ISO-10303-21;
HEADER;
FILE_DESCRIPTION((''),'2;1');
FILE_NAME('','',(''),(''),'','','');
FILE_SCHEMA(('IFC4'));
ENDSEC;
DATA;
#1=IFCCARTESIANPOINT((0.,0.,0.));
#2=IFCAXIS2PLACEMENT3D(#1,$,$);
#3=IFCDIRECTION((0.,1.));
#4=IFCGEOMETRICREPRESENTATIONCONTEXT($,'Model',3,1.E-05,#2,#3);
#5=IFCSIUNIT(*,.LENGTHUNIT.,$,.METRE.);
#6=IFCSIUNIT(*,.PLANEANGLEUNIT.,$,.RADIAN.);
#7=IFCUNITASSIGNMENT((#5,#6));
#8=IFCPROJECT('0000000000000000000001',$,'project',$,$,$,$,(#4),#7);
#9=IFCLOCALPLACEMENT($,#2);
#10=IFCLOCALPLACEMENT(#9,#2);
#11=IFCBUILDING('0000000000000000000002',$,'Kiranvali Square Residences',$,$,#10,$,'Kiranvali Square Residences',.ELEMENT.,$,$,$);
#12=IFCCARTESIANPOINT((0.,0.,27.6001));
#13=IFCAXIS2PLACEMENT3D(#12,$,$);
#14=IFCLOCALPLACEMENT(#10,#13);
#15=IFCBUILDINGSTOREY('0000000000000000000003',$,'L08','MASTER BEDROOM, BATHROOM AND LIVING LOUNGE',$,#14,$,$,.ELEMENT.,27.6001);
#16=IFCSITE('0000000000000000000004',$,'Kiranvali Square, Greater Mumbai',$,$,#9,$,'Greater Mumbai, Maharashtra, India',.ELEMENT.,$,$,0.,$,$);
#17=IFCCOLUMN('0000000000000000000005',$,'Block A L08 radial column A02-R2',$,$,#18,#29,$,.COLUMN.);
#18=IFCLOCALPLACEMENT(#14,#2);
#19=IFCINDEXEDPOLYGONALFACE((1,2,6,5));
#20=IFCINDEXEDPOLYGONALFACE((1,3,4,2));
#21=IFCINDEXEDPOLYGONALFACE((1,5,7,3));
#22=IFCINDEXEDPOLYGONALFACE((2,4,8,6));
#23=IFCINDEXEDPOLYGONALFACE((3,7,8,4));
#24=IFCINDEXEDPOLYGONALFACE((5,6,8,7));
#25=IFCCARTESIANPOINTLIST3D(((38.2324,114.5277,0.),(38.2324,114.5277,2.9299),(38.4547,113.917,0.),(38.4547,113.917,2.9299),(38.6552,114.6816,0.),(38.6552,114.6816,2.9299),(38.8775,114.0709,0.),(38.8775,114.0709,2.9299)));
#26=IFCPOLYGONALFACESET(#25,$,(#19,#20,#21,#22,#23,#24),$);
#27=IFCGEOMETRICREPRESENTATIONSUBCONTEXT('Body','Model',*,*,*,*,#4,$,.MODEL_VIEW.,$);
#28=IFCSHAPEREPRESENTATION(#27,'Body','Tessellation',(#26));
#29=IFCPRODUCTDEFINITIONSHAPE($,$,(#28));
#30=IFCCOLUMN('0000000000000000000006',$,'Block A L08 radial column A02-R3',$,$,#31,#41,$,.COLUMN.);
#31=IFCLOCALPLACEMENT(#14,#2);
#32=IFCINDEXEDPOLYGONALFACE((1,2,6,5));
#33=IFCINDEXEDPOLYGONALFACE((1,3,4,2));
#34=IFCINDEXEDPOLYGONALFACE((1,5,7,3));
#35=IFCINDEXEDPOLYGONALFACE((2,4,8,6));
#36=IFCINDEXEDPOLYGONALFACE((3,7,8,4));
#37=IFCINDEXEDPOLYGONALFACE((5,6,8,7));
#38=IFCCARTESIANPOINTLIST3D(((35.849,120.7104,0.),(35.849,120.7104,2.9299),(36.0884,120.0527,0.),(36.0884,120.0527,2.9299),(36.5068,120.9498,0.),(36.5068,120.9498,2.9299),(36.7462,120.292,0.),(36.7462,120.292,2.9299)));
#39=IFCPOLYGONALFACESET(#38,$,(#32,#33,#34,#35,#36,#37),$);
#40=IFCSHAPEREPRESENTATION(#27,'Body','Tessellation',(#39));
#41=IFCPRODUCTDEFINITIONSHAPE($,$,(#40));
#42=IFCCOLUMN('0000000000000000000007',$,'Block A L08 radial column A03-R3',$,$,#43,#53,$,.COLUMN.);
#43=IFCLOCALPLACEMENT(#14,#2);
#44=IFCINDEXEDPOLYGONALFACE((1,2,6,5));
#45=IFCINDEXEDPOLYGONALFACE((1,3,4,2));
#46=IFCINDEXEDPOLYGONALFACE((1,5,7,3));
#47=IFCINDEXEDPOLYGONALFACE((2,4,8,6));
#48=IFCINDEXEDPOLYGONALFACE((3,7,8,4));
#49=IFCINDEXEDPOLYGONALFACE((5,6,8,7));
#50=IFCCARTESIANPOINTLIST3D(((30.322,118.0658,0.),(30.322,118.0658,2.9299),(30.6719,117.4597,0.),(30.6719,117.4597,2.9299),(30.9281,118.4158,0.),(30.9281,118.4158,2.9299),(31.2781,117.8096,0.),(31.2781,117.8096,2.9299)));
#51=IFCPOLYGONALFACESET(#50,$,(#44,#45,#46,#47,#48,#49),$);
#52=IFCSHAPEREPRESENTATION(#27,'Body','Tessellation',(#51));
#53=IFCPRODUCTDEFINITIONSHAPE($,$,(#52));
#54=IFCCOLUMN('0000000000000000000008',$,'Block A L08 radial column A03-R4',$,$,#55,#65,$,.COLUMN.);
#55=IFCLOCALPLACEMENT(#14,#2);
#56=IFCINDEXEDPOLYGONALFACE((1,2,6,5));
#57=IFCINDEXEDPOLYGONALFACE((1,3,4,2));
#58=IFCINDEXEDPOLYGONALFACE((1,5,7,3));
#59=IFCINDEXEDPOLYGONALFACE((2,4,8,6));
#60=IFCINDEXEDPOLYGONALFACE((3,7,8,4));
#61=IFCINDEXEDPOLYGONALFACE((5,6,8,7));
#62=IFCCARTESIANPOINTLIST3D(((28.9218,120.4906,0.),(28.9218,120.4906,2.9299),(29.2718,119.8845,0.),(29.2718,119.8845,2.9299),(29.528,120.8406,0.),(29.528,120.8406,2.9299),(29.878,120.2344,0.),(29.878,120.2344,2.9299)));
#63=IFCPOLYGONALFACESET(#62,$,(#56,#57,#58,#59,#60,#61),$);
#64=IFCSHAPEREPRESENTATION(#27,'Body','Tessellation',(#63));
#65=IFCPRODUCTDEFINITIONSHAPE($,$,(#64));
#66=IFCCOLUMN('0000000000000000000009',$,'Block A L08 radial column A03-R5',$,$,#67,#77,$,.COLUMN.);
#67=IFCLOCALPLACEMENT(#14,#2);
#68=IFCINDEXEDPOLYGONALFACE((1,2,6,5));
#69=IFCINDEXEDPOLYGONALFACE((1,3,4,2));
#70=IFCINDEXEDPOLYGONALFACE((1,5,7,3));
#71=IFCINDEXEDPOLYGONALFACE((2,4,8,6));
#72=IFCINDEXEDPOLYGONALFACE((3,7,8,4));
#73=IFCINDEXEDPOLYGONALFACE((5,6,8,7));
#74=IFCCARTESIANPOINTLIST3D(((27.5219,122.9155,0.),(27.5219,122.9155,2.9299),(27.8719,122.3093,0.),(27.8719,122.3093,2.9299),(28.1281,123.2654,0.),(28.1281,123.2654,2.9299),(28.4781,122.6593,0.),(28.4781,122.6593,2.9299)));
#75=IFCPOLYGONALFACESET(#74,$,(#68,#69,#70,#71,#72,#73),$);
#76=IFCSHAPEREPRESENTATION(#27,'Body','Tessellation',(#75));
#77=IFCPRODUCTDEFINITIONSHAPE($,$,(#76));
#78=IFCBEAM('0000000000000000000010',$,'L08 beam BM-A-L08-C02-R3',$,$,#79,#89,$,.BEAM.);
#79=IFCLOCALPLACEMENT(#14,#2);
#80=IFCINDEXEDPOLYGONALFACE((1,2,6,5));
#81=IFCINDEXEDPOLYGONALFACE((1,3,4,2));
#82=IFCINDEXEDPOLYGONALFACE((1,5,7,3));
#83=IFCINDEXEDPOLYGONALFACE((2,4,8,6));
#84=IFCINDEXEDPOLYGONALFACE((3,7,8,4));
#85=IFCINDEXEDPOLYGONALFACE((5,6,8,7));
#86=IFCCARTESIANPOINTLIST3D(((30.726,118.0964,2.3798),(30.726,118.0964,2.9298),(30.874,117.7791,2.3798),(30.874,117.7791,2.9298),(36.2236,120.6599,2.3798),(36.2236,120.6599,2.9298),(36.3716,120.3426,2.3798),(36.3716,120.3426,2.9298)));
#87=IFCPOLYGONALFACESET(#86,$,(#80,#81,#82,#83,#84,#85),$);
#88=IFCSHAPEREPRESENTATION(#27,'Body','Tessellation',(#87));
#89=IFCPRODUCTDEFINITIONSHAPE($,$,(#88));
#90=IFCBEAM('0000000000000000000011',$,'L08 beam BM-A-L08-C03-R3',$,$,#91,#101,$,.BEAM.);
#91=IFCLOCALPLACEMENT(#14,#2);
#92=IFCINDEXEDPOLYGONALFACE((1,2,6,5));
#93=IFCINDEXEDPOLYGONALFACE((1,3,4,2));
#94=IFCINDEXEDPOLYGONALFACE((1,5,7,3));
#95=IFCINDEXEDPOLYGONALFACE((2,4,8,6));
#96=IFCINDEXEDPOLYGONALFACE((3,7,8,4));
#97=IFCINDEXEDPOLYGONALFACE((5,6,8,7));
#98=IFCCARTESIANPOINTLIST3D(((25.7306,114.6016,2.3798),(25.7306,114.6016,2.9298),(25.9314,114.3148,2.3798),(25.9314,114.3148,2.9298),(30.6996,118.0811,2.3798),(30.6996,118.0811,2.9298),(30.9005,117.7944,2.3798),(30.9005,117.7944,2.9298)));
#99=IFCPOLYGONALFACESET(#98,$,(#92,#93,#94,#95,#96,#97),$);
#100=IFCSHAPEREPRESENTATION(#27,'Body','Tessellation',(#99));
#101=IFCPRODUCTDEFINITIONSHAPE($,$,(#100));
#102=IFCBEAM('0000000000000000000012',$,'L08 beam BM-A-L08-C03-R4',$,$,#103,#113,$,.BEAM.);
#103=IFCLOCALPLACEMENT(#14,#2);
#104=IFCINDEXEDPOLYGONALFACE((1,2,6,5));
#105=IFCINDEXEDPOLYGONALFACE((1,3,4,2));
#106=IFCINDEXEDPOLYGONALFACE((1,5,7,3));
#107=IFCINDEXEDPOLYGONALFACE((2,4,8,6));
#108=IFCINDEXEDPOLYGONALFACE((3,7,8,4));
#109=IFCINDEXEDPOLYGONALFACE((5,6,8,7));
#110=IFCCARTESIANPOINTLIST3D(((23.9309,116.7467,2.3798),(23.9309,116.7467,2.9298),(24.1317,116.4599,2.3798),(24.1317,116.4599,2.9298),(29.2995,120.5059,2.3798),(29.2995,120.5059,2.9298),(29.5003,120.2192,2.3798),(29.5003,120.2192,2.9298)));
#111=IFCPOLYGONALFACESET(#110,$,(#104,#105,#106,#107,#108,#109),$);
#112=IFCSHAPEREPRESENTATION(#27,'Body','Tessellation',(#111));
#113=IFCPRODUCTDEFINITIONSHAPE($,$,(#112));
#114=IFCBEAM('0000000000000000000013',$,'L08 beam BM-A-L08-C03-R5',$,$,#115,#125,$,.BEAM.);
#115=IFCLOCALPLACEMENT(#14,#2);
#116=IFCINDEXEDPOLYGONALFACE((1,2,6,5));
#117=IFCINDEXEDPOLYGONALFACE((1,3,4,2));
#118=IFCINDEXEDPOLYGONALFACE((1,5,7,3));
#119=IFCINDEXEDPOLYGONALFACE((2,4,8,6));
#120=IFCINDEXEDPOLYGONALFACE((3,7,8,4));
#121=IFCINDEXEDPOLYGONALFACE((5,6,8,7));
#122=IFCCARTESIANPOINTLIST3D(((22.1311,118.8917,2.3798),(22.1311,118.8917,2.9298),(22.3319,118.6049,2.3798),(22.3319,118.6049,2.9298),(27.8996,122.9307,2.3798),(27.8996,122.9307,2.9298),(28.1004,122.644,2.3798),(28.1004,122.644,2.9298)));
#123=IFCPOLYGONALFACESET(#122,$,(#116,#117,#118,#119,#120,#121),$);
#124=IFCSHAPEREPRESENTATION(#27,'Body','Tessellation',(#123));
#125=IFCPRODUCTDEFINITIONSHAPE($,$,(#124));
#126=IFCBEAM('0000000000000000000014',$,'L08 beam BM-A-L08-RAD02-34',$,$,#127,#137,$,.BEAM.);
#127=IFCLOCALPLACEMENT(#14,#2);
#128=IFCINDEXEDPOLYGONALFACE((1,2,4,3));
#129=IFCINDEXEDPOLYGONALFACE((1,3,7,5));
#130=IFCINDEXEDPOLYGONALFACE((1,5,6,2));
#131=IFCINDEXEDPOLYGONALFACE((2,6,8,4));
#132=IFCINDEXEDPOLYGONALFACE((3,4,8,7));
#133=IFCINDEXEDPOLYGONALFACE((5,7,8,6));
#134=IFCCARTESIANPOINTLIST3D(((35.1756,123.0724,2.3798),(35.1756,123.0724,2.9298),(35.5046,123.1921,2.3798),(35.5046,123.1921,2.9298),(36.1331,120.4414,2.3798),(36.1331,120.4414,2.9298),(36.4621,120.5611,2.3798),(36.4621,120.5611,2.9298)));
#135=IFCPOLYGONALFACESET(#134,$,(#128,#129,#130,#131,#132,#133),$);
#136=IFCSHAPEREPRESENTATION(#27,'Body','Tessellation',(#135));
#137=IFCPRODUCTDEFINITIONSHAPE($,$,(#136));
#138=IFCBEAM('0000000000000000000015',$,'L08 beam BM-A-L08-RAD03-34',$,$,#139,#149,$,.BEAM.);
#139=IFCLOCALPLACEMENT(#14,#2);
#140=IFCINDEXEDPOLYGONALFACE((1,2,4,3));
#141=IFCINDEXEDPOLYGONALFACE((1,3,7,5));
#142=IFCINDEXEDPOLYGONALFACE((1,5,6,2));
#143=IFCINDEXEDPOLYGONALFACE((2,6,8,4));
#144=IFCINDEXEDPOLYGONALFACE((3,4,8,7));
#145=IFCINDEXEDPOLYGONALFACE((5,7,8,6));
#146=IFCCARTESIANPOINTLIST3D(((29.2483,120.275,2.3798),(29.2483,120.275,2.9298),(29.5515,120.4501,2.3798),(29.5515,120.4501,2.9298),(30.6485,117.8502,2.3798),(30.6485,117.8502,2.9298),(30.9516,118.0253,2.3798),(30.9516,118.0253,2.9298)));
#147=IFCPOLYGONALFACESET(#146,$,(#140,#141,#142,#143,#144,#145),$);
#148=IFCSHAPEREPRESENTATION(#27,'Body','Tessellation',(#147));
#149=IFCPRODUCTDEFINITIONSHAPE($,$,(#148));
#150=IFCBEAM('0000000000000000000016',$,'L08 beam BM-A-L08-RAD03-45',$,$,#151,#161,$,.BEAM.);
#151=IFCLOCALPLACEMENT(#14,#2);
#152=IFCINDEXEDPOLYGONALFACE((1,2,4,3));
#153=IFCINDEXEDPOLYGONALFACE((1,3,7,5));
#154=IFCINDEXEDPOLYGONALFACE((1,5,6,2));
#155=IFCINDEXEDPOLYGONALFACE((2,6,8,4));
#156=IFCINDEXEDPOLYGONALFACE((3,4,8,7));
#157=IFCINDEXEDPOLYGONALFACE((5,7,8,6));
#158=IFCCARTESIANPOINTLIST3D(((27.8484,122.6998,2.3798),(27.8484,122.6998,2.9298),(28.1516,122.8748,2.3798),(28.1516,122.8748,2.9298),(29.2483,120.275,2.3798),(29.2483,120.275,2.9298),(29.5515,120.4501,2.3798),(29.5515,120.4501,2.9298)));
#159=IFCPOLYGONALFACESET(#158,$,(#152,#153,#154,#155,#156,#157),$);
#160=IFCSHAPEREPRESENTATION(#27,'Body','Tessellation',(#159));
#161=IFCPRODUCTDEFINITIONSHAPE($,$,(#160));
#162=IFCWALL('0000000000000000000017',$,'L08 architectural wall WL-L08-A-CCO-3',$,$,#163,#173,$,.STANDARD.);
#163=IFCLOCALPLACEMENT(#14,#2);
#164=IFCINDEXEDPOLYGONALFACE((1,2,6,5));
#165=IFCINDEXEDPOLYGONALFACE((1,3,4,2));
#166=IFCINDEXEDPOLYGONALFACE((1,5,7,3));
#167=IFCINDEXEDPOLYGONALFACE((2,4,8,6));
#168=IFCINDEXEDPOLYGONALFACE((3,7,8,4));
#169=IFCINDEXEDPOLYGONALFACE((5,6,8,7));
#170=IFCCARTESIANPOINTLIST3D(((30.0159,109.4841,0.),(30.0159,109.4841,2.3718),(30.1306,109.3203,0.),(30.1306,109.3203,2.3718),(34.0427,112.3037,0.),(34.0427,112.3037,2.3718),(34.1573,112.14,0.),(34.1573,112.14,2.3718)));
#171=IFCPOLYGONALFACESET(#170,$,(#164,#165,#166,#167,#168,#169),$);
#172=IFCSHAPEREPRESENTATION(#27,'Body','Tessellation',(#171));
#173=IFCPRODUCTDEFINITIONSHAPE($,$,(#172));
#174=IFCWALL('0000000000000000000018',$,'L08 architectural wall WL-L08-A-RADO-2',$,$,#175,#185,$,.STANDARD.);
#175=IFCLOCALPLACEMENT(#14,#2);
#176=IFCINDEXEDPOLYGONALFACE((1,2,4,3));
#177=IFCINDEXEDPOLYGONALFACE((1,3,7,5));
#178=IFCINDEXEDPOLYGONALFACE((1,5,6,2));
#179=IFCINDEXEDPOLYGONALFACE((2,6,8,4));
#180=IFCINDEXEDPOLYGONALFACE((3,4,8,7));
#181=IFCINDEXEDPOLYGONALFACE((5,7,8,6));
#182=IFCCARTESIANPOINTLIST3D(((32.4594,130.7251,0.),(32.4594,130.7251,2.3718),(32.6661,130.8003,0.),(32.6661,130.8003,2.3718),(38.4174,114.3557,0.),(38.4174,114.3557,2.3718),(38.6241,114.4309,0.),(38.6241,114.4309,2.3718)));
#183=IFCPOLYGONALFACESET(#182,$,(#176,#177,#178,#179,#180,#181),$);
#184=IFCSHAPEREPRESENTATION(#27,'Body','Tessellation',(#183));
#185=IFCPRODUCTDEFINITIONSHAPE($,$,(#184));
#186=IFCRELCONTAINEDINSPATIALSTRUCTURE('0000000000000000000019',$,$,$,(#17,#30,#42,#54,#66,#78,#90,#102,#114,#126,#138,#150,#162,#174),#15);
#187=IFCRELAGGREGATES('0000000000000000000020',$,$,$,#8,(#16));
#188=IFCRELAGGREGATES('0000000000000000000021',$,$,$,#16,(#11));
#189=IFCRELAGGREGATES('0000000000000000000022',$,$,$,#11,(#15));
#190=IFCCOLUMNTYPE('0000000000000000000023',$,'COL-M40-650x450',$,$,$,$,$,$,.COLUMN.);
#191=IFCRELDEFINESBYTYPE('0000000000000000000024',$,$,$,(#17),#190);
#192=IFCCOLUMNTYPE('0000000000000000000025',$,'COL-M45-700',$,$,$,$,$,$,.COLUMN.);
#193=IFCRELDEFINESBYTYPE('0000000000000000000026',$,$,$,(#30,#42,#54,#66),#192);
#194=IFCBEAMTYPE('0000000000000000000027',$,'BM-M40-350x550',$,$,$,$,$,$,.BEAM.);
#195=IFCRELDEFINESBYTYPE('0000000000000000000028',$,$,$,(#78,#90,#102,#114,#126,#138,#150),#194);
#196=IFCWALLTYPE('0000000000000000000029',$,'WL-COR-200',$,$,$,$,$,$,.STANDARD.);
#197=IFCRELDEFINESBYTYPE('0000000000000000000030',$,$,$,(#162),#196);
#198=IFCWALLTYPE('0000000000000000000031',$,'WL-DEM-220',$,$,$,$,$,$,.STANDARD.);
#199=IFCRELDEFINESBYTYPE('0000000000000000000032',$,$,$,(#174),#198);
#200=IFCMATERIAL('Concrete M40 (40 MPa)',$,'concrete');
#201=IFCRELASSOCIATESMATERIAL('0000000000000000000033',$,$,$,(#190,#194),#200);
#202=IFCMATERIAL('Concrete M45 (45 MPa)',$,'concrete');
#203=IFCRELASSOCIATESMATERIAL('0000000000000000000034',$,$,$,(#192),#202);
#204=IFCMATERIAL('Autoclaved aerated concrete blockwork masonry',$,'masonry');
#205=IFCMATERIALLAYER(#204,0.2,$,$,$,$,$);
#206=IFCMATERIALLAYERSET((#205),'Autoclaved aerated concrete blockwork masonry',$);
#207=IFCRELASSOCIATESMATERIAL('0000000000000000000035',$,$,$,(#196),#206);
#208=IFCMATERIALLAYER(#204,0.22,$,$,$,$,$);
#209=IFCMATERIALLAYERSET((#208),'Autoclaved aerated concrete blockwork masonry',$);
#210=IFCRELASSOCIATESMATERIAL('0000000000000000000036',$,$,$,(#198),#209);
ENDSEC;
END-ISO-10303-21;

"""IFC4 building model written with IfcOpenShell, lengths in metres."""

from ifc_helpers import new_model, si_unit, direction, frame, frame_2d, origin, origin_2d, place, context, subcontext, project, spatial, rectangle, extrude, material, layer, layer_set, material_profile, profile_set, type_object, element, save


model = new_model("IFC4")

# Units and contexts
model_context = context("Model", 3, precision=1e-05, world=origin(), true_north=direction((0.0, 1.0)))
body_context = subcontext(model_context, "Body", "Model", "MODEL_VIEW")
ifc_project = project(units=[si_unit("LENGTHUNIT", "METRE"), si_unit("PLANEANGLEUNIT", "RADIAN")], contexts=[model_context])

# Site, building, storey
site_placement = place(None, origin())
site = spatial("IfcSite", under=ifc_project, at=site_placement, Name="Kiranvali Square, Greater Mumbai", LongName="Greater Mumbai, Maharashtra, India", CompositionType="ELEMENT", RefElevation=0.0)
building_placement = place(site_placement, origin())
building = spatial("IfcBuilding", under=site, at=building_placement, Name="Kiranvali Square Residences", LongName="Kiranvali Square Residences", CompositionType="ELEMENT")
storey_placement = place(building_placement, frame((0.0, 0.0, 27.6001)))
storey = spatial("IfcBuildingStorey", under=building, at=storey_placement, Name="L08", Description="MASTER BEDROOM, BATHROOM AND LIVING LOUNGE", CompositionType="ELEMENT", Elevation=27.6001)

# Columns
ifc_material_1 = material(Name="Concrete M40 (40 MPa)", Category="concrete")
ifc_material_profile_1 = material_profile(ifc_material_1, rectangle(XDim=0.45, YDim=0.6499, at=origin_2d()), Name="RC 650x450")
ifc_profile_set_1 = profile_set([ifc_material_profile_1], Name="Concrete M40 (40 MPa)")
column_type_1 = type_object("IfcColumnType", Name="COL-M40-650x450", PredefinedType="COLUMN", material=ifc_profile_set_1)
column_placement = place(storey_placement, frame((38.5549, 114.2993, 0.0), z_axis=(0.0, 0.0, 1.0), x_axis=(0.939693, 0.34202, 0.0)))
element("IfcColumn", 1, at=column_placement, inside=storey, type_object=column_type_1, Name="Block A L08 radial column A02-R2", PredefinedType="COLUMN", context=body_context, shape_type="SweptSolid", body=[
    extrude(rectangle(XDim=0.45, YDim=0.6499, at=origin_2d()), origin(), (0.0, 0.0, 1.0), 2.9299),
])
ifc_material_2 = material(Name="Concrete M45 (45 MPa)", Category="concrete")
ifc_material_profile_2 = material_profile(ifc_material_2, rectangle(XDim=0.7, YDim=0.7, at=origin_2d()), Name="RC 700x700")
ifc_profile_set_2 = profile_set([ifc_material_profile_2], Name="Concrete M45 (45 MPa)")
column_type_2 = type_object("IfcColumnType", Name="COL-M45-700", PredefinedType="COLUMN", material=ifc_profile_set_2)
for number, where, z_axis, x_axis, name in (
    (2, (36.2976, 120.5012, 0.0), (0.0, 0.0, 1.0), (0.939693, 0.34202, 0.0), "Block A L08 radial column A02-R3"),
    (3, (30.8, 117.9377, 0.0), (0.0, 0.0, 1.0), (0.866025, 0.5, 0.0), "Block A L08 radial column A03-R3"),
    (4, (29.3999, 120.3625, 0.0), (0.0, 0.0, 1.0), (0.866025, 0.5, 0.0), "Block A L08 radial column A03-R4"),
    (5, (28.0, 122.7874, 0.0), (0.0, 0.0, 1.0), (0.866025, 0.5, 0.0), "Block A L08 radial column A03-R5"),
):
    element("IfcColumn", number, at=place(storey_placement, frame(where, z_axis=z_axis, x_axis=x_axis)), inside=storey, type_object=column_type_2, Name=name, PredefinedType="COLUMN", context=body_context, shape_type="SweptSolid", body=[
        extrude(rectangle(XDim=0.7, YDim=0.7, at=origin_2d()), origin(), (0.0, 0.0, 1.0), 2.9299),
    ])

# Beams
ifc_material_profile_3 = material_profile(ifc_material_1, rectangle(XDim=0.3501, YDim=0.55, at=origin_2d()), Name="RC 350x550")
ifc_profile_set_3 = profile_set([ifc_material_profile_3], Name="Concrete M40 (40 MPa)")
beam_type = type_object("IfcBeamType", Name="BM-M40-350x550", PredefinedType="BEAM", material=ifc_profile_set_3)
beam_1_placement = place(storey_placement, frame((36.2976, 120.5012, 2.6548), z_axis=(-0.906313, -0.422608, 0.0), x_axis=(0.422608, -0.906313, 0.0)))
element("IfcBeam", 6, at=beam_1_placement, inside=storey, type_object=beam_type, Name="L08 beam BM-A-L08-C02-R3", PredefinedType="BEAM", context=body_context, shape_type="SweptSolid", body=[
    extrude(rectangle(XDim=0.3501, YDim=0.55, at=origin_2d()), origin(), (0.0, 0.0, 1.0), 6.0659),
])
beam_2_placement = place(storey_placement, frame((30.8, 117.9377, 2.6548), z_axis=(-0.819139, -0.573595, 0.0), x_axis=(0.573595, -0.819139, 0.0)))
element("IfcBeam", 7, at=beam_2_placement, inside=storey, type_object=beam_type, Name="L08 beam BM-A-L08-C03-R3", PredefinedType="BEAM", context=body_context, shape_type="SweptSolid", body=[
    extrude(rectangle(XDim=0.3501, YDim=0.55, at=origin_2d()), origin(), (0.0, 0.0, 1.0), 6.0662),
])
beam_3_placement = place(storey_placement, frame((29.3999, 120.3625, 2.6548), z_axis=(-0.819144, -0.573587, 0.0), x_axis=(0.573587, -0.819144, 0.0)))
element("IfcBeam", 8, at=beam_3_placement, inside=storey, type_object=beam_type, Name="L08 beam BM-A-L08-C03-R4", PredefinedType="BEAM", context=body_context, shape_type="SweptSolid", body=[
    extrude(rectangle(XDim=0.3501, YDim=0.55, at=origin_2d()), origin(), (0.0, 0.0, 1.0), 6.554),
])
beam_4_placement = place(storey_placement, frame((28.0, 122.7874, 2.6548), z_axis=(-0.81916, -0.573565, 0.0), x_axis=(0.573565, -0.81916, 0.0)))
element("IfcBeam", 9, at=beam_4_placement, inside=storey, type_object=beam_type, Name="L08 beam BM-A-L08-C03-R5", PredefinedType="BEAM", context=body_context, shape_type="SweptSolid", body=[
    extrude(rectangle(XDim=0.3501, YDim=0.55, at=origin_2d()), origin(), (0.0, 0.0, 1.0), 7.042),
])
beam_5_placement = place(storey_placement, frame((36.2976, 120.5012, 2.6548), z_axis=(-0.341981, 0.939707, 0.0), x_axis=(-0.939707, -0.341981, 0.0)))
element("IfcBeam", 10, at=beam_5_placement, inside=storey, type_object=beam_type, Name="L08 beam BM-A-L08-RAD02-34", PredefinedType="BEAM", context=body_context, shape_type="SweptSolid", body=[
    extrude(rectangle(XDim=0.3501, YDim=0.55, at=origin_2d()), origin(), (0.0, 0.0, 1.0), 2.7998),
])
beam_6_placement = place(storey_placement, frame((30.8, 117.9377, 2.6548), z_axis=(-0.50005, 0.865997, 0.0), x_axis=(-0.865997, -0.50005, 0.0)))
element("IfcBeam", 11, at=beam_6_placement, inside=storey, type_object=beam_type, Name="L08 beam BM-A-L08-RAD03-34", PredefinedType="BEAM", context=body_context, shape_type="SweptSolid", body=[
    extrude(rectangle(XDim=0.3501, YDim=0.55, at=origin_2d()), origin(), (0.0, 0.0, 1.0), 2.8),
])
beam_7_placement = place(storey_placement, frame((29.3999, 120.3625, 2.6548), z_axis=(-0.499984, 0.866035, 0.0), x_axis=(-0.866035, -0.499984, 0.0)))
element("IfcBeam", 12, at=beam_7_placement, inside=storey, type_object=beam_type, Name="L08 beam BM-A-L08-RAD03-45", PredefinedType="BEAM", context=body_context, shape_type="SweptSolid", body=[
    extrude(rectangle(XDim=0.3501, YDim=0.55, at=origin_2d()), origin(), (0.0, 0.0, 1.0), 2.7998),
])

# Walls
ifc_material_3 = material(Name="Autoclaved aerated concrete blockwork masonry", Category="masonry")
ifc_layer_1 = layer(ifc_material_3, 0.2)
ifc_layer_set_1 = layer_set([ifc_layer_1], Name="Autoclaved aerated concrete blockwork masonry")
wall_type_1 = type_object("IfcWallType", Name="WL-COR-200", PredefinedType="STANDARD", material=ifc_layer_set_1)
wall_1_placement = place(storey_placement, frame((34.1001, 112.2219, 0.0), z_axis=(0.0, 0.0, 1.0), x_axis=(-0.819141, -0.573592, 0.0)))
element("IfcWall", 13, at=wall_1_placement, inside=storey, type_object=wall_type_1, Name="L08 architectural wall WL-L08-A-CCO-3", PredefinedType="STANDARD", context=body_context, shape_type="SweptSolid", body=[
    extrude(rectangle(XDim=4.9158, YDim=0.2, at=frame_2d((2.458, 0.0))), origin(), (0.0, 0.0, 1.0), 2.3718),
])
ifc_layer_2 = layer(ifc_material_3, 0.22)
ifc_layer_set_2 = layer_set([ifc_layer_2], Name="Autoclaved aerated concrete blockwork masonry")
wall_type_2 = type_object("IfcWallType", Name="WL-DEM-220", PredefinedType="STANDARD", material=ifc_layer_set_2)
wall_2_placement = place(storey_placement, frame((38.5208, 114.3933, 0.0), z_axis=(0.0, 0.0, 1.0), x_axis=(-0.342022, 0.939692, 0.0)))
element("IfcWall", 14, at=wall_2_placement, inside=storey, type_object=wall_type_2, Name="L08 architectural wall WL-L08-A-RADO-2", PredefinedType="STANDARD", context=body_context, shape_type="SweptSolid", body=[
    extrude(rectangle(XDim=17.4199, YDim=0.22, at=frame_2d((8.71, 0.0))), origin(), (0.0, 0.0, 1.0), 2.3718),
])

save(model, "model.ifc")
